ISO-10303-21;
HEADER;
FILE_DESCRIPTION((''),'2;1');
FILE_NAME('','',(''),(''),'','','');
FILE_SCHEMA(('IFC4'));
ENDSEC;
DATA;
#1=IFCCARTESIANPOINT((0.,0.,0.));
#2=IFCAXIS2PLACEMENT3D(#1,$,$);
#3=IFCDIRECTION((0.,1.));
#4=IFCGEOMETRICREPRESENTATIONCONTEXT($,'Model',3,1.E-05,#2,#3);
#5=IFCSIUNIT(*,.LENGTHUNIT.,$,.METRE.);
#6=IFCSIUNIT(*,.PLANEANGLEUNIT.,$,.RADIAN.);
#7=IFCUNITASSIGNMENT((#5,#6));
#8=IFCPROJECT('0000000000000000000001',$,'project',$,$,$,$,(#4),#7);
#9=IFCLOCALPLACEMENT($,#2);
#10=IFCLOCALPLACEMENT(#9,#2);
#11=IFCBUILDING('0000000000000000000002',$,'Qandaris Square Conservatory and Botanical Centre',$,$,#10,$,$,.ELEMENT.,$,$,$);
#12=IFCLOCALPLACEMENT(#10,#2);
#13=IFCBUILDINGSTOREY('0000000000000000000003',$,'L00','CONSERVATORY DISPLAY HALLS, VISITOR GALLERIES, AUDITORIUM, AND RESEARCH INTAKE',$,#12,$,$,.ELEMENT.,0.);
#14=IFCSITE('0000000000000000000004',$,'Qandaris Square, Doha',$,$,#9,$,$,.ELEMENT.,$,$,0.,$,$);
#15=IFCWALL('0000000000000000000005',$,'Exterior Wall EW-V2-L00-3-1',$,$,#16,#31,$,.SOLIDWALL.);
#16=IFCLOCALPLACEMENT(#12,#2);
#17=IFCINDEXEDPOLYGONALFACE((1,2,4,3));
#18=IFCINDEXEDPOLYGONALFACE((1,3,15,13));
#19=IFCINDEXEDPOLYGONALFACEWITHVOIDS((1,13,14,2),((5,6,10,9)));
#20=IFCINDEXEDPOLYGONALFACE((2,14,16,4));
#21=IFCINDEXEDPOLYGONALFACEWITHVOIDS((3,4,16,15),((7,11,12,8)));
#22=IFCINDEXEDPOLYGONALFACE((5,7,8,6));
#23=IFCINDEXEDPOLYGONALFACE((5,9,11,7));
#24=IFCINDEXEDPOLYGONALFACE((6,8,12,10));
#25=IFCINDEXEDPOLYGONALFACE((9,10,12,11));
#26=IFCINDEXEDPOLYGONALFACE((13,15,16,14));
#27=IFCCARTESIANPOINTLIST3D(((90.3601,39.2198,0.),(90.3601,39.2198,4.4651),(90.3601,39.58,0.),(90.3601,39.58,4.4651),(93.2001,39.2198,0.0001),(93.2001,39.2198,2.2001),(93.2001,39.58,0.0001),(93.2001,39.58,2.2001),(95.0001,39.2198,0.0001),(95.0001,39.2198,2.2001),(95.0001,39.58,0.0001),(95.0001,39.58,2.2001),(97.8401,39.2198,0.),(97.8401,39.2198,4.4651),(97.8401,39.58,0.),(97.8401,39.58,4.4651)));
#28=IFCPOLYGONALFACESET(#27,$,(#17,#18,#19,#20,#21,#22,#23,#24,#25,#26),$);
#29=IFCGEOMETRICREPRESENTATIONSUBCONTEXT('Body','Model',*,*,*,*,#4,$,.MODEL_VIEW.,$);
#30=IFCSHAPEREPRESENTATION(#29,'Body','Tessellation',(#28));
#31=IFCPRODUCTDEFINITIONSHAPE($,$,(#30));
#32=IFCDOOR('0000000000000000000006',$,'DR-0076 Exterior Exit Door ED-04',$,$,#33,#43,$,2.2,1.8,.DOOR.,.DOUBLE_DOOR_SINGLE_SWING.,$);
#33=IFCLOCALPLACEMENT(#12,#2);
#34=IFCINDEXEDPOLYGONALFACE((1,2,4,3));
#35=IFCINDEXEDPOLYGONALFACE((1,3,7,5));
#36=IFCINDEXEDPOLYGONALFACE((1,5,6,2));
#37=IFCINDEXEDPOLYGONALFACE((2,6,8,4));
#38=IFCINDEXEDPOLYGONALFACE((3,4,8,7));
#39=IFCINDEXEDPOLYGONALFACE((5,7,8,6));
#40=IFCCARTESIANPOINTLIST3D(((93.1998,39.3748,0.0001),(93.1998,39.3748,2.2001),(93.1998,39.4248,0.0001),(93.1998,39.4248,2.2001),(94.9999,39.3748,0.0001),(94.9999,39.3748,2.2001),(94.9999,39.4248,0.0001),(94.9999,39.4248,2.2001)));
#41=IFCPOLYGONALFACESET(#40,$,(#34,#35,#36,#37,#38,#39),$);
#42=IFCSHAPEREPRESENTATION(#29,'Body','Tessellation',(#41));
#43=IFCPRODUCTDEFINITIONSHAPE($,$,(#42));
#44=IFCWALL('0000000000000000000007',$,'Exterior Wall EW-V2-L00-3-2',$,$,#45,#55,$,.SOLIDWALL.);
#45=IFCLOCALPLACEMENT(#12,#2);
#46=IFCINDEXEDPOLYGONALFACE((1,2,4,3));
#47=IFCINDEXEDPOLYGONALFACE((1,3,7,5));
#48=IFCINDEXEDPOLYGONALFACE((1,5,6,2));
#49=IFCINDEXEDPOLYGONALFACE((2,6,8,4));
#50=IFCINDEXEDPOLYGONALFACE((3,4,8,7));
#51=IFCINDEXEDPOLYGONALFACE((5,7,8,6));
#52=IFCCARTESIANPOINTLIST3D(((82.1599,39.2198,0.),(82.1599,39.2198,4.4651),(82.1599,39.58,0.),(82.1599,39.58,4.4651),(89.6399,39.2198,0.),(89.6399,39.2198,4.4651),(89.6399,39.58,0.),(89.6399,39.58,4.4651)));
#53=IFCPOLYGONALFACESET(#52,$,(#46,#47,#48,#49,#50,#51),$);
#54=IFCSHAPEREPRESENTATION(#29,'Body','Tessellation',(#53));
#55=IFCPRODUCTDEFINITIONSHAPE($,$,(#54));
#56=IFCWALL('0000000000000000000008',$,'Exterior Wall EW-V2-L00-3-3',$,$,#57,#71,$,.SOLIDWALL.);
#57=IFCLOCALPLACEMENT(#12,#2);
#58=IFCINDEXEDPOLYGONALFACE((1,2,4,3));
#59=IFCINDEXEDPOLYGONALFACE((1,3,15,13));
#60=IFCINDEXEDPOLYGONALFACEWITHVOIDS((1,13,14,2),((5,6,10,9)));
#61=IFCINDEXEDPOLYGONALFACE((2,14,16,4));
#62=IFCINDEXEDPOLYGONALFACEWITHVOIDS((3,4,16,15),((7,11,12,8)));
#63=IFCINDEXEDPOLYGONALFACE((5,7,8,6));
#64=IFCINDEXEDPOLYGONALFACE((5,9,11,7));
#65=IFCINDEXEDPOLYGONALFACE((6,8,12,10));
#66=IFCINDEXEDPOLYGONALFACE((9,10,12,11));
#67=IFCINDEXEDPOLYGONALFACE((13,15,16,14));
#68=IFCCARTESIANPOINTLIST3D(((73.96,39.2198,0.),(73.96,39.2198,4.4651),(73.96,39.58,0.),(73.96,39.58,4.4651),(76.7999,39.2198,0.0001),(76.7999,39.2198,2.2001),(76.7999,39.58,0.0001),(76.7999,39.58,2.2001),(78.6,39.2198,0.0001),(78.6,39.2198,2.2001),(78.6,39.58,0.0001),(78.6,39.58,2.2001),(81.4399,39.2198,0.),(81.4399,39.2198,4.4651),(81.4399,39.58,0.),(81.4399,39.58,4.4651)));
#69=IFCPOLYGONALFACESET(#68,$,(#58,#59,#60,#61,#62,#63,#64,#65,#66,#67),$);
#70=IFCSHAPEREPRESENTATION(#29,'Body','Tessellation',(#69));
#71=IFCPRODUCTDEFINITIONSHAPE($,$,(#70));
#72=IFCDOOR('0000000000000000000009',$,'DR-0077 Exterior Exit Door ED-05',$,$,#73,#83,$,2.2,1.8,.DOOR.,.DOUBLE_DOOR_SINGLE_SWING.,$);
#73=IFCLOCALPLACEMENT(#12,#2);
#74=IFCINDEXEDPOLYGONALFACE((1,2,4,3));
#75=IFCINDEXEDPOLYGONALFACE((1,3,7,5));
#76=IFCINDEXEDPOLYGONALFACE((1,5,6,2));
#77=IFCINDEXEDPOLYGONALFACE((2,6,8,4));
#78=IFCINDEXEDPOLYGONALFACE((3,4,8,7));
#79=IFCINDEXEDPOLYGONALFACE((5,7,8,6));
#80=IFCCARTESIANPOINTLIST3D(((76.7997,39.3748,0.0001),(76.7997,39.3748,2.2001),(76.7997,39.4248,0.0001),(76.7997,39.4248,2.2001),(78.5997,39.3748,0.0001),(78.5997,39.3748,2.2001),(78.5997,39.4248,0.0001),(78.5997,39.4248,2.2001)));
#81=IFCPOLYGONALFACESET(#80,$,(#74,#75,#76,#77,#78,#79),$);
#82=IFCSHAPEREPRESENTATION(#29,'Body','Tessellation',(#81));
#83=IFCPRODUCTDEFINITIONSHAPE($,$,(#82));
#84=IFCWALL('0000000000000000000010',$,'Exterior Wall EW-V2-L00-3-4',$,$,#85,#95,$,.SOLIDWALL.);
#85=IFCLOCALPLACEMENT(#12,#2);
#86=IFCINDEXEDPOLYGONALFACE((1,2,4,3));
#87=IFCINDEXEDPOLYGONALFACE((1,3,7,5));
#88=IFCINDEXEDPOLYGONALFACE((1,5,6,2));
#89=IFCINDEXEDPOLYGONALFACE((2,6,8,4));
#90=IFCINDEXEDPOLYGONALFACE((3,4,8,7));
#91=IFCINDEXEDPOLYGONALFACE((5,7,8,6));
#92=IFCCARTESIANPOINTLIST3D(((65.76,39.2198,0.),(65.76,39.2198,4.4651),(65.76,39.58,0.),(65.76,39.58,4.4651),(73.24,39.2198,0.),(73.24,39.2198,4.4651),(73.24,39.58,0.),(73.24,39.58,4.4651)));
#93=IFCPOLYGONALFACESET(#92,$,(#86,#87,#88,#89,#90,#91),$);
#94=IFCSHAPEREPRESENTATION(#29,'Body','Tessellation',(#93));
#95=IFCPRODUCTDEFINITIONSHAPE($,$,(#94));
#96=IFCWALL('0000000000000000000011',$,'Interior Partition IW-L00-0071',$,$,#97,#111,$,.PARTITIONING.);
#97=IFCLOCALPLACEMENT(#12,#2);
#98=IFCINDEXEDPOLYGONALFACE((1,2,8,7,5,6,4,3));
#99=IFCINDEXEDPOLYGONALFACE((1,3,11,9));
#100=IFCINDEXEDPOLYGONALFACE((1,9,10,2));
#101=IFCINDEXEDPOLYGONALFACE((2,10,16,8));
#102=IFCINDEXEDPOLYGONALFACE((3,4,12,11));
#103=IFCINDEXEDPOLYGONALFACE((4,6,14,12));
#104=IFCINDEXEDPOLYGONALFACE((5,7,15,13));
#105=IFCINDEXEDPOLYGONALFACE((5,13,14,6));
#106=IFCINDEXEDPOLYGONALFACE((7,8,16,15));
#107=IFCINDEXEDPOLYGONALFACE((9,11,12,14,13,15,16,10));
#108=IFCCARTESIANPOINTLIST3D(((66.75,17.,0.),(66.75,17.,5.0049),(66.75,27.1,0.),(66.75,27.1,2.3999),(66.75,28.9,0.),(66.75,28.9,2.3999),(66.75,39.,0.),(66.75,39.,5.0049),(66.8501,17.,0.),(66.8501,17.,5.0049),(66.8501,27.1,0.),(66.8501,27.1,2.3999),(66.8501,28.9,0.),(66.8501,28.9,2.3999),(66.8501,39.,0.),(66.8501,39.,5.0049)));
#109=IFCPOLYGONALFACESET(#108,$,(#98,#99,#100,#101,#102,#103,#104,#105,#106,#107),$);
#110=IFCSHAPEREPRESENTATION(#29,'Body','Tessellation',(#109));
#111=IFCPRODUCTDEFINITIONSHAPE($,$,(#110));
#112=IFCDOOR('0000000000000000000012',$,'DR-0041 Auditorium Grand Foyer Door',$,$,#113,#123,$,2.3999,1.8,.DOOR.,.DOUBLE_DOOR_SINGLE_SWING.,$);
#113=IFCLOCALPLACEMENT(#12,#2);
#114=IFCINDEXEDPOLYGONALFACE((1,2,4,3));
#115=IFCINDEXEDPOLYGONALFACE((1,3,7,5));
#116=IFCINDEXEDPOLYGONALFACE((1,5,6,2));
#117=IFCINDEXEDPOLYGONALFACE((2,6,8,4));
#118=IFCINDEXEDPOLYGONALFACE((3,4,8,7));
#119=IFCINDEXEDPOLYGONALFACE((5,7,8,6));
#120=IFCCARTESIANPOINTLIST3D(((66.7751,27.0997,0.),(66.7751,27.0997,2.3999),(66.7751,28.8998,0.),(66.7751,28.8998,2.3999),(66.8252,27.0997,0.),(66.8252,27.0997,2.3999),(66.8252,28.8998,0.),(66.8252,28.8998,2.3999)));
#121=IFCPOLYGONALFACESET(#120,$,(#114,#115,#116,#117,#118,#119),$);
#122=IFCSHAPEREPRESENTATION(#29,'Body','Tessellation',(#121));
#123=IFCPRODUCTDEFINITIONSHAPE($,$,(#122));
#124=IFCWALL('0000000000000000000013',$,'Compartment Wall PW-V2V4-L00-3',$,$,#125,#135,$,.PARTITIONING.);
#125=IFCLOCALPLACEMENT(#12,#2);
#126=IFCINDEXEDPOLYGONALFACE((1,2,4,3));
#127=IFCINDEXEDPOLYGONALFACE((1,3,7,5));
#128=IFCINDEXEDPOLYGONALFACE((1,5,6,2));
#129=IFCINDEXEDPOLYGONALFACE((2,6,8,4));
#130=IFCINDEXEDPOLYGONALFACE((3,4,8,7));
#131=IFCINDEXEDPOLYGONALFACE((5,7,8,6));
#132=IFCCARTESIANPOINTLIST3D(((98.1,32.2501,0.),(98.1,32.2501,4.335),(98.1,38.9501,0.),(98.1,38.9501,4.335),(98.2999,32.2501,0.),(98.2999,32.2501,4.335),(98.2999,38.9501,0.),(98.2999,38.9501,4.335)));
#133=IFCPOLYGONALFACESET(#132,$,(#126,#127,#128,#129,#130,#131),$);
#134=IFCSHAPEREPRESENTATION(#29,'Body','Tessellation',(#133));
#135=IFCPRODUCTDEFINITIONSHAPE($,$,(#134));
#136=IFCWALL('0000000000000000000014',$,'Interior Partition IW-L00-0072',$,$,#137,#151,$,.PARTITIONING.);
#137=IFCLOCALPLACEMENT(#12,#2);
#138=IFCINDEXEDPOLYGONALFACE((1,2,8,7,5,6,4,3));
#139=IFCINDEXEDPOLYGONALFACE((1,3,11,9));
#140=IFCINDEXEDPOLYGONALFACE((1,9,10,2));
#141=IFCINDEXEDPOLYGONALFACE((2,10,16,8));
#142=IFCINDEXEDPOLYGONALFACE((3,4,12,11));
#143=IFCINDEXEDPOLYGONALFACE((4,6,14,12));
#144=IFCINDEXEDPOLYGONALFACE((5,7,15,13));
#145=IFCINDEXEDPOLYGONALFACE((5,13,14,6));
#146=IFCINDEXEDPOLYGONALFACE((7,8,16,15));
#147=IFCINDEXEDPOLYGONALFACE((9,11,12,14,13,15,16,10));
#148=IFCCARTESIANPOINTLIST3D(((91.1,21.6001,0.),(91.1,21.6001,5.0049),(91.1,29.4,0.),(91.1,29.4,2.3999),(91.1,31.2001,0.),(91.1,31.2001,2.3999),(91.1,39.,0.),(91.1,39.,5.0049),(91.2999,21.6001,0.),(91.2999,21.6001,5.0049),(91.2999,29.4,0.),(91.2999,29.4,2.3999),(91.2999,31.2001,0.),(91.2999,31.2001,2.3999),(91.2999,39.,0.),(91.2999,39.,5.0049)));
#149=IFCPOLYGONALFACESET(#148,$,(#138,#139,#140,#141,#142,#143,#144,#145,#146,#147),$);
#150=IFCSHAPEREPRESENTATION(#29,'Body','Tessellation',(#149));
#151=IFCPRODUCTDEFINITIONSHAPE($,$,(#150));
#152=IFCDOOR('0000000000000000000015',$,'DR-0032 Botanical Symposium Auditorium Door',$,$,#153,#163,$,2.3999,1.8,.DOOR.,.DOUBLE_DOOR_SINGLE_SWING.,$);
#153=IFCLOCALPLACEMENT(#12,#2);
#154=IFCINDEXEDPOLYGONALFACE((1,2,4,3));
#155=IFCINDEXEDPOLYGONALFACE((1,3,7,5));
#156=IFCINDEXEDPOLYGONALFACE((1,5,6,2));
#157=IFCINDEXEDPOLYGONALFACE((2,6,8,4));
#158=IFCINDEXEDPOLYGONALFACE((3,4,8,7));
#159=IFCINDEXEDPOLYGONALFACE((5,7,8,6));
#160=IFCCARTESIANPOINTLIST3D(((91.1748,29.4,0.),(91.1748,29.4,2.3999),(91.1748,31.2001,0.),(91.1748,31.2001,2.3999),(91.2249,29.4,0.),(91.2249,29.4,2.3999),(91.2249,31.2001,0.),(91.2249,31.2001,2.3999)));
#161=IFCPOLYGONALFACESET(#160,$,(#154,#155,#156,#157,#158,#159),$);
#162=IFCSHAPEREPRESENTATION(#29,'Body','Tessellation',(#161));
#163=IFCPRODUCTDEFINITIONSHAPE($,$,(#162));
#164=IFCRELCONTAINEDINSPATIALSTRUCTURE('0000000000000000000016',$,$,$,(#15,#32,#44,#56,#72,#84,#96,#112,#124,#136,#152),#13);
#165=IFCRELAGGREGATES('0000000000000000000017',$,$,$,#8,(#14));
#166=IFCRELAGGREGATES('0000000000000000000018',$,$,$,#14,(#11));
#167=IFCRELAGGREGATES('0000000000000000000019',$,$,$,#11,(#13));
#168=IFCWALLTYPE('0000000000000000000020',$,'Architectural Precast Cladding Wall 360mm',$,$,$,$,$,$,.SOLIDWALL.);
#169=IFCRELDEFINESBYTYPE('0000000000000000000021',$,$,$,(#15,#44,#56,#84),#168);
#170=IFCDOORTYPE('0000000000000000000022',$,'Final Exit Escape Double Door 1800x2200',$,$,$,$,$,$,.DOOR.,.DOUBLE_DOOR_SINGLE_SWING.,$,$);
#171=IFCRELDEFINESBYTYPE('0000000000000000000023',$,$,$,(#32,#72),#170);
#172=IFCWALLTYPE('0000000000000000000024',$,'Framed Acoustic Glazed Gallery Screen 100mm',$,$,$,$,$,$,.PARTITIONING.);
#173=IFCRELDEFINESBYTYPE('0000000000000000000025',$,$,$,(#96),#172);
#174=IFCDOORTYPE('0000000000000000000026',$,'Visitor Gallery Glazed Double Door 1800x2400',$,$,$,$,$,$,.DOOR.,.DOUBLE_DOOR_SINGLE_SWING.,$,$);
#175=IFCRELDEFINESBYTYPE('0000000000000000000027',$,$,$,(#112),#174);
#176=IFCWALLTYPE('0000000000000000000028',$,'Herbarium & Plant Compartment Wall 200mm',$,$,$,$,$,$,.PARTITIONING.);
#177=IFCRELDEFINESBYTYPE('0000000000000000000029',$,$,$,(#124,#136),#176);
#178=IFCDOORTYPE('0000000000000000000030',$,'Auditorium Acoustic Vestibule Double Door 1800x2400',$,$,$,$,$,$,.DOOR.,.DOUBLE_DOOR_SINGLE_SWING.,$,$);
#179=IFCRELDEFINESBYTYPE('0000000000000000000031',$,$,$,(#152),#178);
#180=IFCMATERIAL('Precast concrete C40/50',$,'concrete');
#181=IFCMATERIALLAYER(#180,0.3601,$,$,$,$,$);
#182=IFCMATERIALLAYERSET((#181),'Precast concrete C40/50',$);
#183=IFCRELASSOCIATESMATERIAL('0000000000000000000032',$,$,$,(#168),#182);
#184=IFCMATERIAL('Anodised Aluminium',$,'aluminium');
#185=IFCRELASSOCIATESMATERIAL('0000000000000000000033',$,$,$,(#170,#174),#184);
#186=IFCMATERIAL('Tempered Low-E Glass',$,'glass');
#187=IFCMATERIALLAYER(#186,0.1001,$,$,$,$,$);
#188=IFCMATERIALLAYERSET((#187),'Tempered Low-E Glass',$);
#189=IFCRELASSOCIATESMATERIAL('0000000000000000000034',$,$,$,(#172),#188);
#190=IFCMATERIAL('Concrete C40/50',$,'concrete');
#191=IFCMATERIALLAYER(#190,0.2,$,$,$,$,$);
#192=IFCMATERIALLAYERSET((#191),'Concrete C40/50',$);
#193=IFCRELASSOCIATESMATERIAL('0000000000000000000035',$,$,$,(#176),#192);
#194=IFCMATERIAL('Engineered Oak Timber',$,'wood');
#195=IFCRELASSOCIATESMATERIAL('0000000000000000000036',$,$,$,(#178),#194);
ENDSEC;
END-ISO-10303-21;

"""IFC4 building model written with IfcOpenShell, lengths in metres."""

from ifc_helpers import new_model, si_unit, direction, frame, frame_2d, origin, place, context, subcontext, project, spatial, rectangle, extrude, material, layer, layer_set, type_object, element, fill, save


model = new_model("IFC4")

# Units and contexts
model_context = context("Model", 3, precision=1e-05, world=origin(), true_north=direction((0.0, 1.0)))
body_context = subcontext(model_context, "Body", "Model", "MODEL_VIEW")
ifc_project = project(units=[si_unit("LENGTHUNIT", "METRE"), si_unit("PLANEANGLEUNIT", "RADIAN")], contexts=[model_context])

# Site, building, storey
site_placement = place(None, origin())
site = spatial("IfcSite", under=ifc_project, at=site_placement, Name="Qandaris Square, Doha", CompositionType="ELEMENT", RefElevation=0.0)
building_placement = place(site_placement, origin())
building = spatial("IfcBuilding", under=site, at=building_placement, Name="Qandaris Square Conservatory and Botanical Centre", CompositionType="ELEMENT")
storey_placement = place(building_placement, origin())
storey = spatial("IfcBuildingStorey", under=building, at=storey_placement, Name="L00", Description="CONSERVATORY DISPLAY HALLS, VISITOR GALLERIES, AUDITORIUM, AND RESEARCH INTAKE", CompositionType="ELEMENT", Elevation=0.0)

# Shared definitions
ifc_material_1 = material(Name="Concrete C40/50", Category="concrete")

# Wall, opening, door
ifc_material_2 = material(Name="Precast concrete C40/50", Category="concrete")
ifc_layer_1 = layer(ifc_material_2, 0.3601)
ifc_layer_set_1 = layer_set([ifc_layer_1], Name="Precast concrete C40/50")
wall_type_1 = type_object("IfcWallType", Name="Architectural Precast Cladding Wall 360mm", PredefinedType="SOLIDWALL", material=ifc_layer_set_1)
wall_1_placement = place(storey_placement, frame((97.8401, 39.3999, 0.0), z_axis=(0.0, 0.0, 1.0), x_axis=(-1.0, 0.0, 0.0)))
wall_1 = element("IfcWall", 1, at=wall_1_placement, inside=storey, type_object=wall_type_1, Name="Exterior Wall EW-V2-L00-3-1", PredefinedType="SOLIDWALL", context=body_context, shape_type="SweptSolid", body=[
    extrude(rectangle(XDim=7.48, YDim=0.3601, at=frame_2d((3.74, 0.0))), origin(), (0.0, 0.0, 1.0), 4.4651),
])
opening_1_placement = place(wall_1_placement, frame((2.8401, 0.0, 0.0)))
opening_1 = element("IfcOpeningElement", 2, at=opening_1_placement, cuts=wall_1, PredefinedType="OPENING", context=body_context, shape_type="SweptSolid", body=[
    extrude(rectangle(XDim=1.8, YDim=2.2, at=frame_2d((0.8999, 1.1001))), frame((0.0, 0.1919, 0.0), z_axis=(0.0, -1.0, 0.0), x_axis=(1.0, 0.0, 0.0)), (0.0, 0.0, 1.0), 0.384),
])
ifc_material_3 = material(Name="Anodised Aluminium", Category="aluminium")
door_type_1 = type_object("IfcDoorType", Name="Final Exit Escape Double Door 1800x2200", OperationType="DOUBLE_DOOR_SINGLE_SWING", PredefinedType="DOOR", material=ifc_material_3)
door_1_placement = place(opening_1_placement, frame((1.8, 0.0, 0.0), z_axis=(0.0, 0.0, 1.0), x_axis=(-1.0, 0.0, 0.0)))
door_1 = element("IfcDoor", 3, at=door_1_placement, inside=storey, type_object=door_type_1, Name="DR-0076 Exterior Exit Door ED-04", OperationType="DOUBLE_DOOR_SINGLE_SWING", OverallHeight=2.2, OverallWidth=1.8, PredefinedType="DOOR", context=body_context, shape_type="SweptSolid", body=[
    extrude(rectangle(XDim=1.8, YDim=2.2, at=frame_2d((0.8999, 1.1001))), frame((0.0, 0.0249, 0.0), z_axis=(0.0, -1.0, 0.0), x_axis=(1.0, 0.0, 0.0)), (0.0, 0.0, 1.0), 0.05),
])
fill(opening_1, door_1)

# Wall
wall_2_placement = place(storey_placement, frame((89.6399, 39.3999, 0.0), z_axis=(0.0, 0.0, 1.0), x_axis=(-1.0, 0.0, 0.0)))
element("IfcWall", 4, at=wall_2_placement, inside=storey, type_object=wall_type_1, Name="Exterior Wall EW-V2-L00-3-2", PredefinedType="SOLIDWALL", context=body_context, shape_type="SweptSolid", body=[
    extrude(rectangle(XDim=7.48, YDim=0.3601, at=frame_2d((3.74, 0.0))), origin(), (0.0, 0.0, 1.0), 4.4651),
])

# Wall, opening, door
wall_3_placement = place(storey_placement, frame((81.4399, 39.3999, 0.0), z_axis=(0.0, 0.0, 1.0), x_axis=(-1.0, 0.0, 0.0)))
wall_3 = element("IfcWall", 5, at=wall_3_placement, inside=storey, type_object=wall_type_1, Name="Exterior Wall EW-V2-L00-3-3", PredefinedType="SOLIDWALL", context=body_context, shape_type="SweptSolid", body=[
    extrude(rectangle(XDim=7.48, YDim=0.3601, at=frame_2d((3.74, 0.0))), origin(), (0.0, 0.0, 1.0), 4.4651),
])
opening_2_placement = place(wall_3_placement, frame((2.8401, 0.0, 0.0)))
opening_2 = element("IfcOpeningElement", 6, at=opening_2_placement, cuts=wall_3, PredefinedType="OPENING", context=body_context, shape_type="SweptSolid", body=[
    extrude(rectangle(XDim=1.8, YDim=2.2, at=frame_2d((0.8999, 1.1001))), frame((0.0, 0.1919, 0.0), z_axis=(0.0, -1.0, 0.0), x_axis=(1.0, 0.0, 0.0)), (0.0, 0.0, 1.0), 0.384),
])
door_2_placement = place(opening_2_placement, frame((1.8, 0.0, 0.0), z_axis=(0.0, 0.0, 1.0), x_axis=(-1.0, 0.0, 0.0)))
door_2 = element("IfcDoor", 7, at=door_2_placement, inside=storey, type_object=door_type_1, Name="DR-0077 Exterior Exit Door ED-05", OperationType="DOUBLE_DOOR_SINGLE_SWING", OverallHeight=2.2, OverallWidth=1.8, PredefinedType="DOOR", context=body_context, shape_type="SweptSolid", body=[
    extrude(rectangle(XDim=1.8, YDim=2.2, at=frame_2d((0.8999, 1.1001))), frame((0.0, 0.0249, 0.0), z_axis=(0.0, -1.0, 0.0), x_axis=(1.0, 0.0, 0.0)), (0.0, 0.0, 1.0), 0.05),
])
fill(opening_2, door_2)

# Wall
wall_4_placement = place(storey_placement, frame((73.24, 39.3999, 0.0), z_axis=(0.0, 0.0, 1.0), x_axis=(-1.0, 0.0, 0.0)))
element("IfcWall", 8, at=wall_4_placement, inside=storey, type_object=wall_type_1, Name="Exterior Wall EW-V2-L00-3-4", PredefinedType="SOLIDWALL", context=body_context, shape_type="SweptSolid", body=[
    extrude(rectangle(XDim=7.48, YDim=0.3601, at=frame_2d((3.74, 0.0))), origin(), (0.0, 0.0, 1.0), 4.4651),
])

# Wall, opening, door
ifc_material_4 = material(Name="Tempered Low-E Glass", Category="glass")
ifc_layer_2 = layer(ifc_material_4, 0.1001)
ifc_layer_set_2 = layer_set([ifc_layer_2], Name="Tempered Low-E Glass")
wall_type_2 = type_object("IfcWallType", Name="Framed Acoustic Glazed Gallery Screen 100mm", PredefinedType="PARTITIONING", material=ifc_layer_set_2)
wall_5_placement = place(storey_placement, frame((66.8, 39.0, 0.0), z_axis=(0.0, 0.0, 1.0), x_axis=(0.0, -1.0, 0.0)))
wall_5 = element("IfcWall", 9, at=wall_5_placement, inside=storey, type_object=wall_type_2, Name="Interior Partition IW-L00-0071", PredefinedType="PARTITIONING", context=body_context, shape_type="SweptSolid", body=[
    extrude(rectangle(XDim=22.0, YDim=0.1001, at=frame_2d((11.0, 0.0))), origin(), (0.0, 0.0, 1.0), 5.0049),
])
opening_3_placement = place(wall_5_placement, frame((10.1001, 0.0, 0.0)))
opening_3 = element("IfcOpeningElement", 10, at=opening_3_placement, cuts=wall_5, PredefinedType="OPENING", context=body_context, shape_type="SweptSolid", body=[
    extrude(rectangle(XDim=1.8, YDim=2.3999, at=frame_2d((0.8999, 1.2))), frame((0.0, 0.062, 0.0), z_axis=(0.0, -1.0, 0.0), x_axis=(1.0, 0.0, 0.0)), (0.0, 0.0, 1.0), 0.124),
])
door_type_2 = type_object("IfcDoorType", Name="Visitor Gallery Glazed Double Door 1800x2400", OperationType="DOUBLE_DOOR_SINGLE_SWING", PredefinedType="DOOR", material=ifc_material_3)
door_3_placement = place(opening_3_placement, frame((1.8, 0.0, 0.0), z_axis=(0.0, 0.0, 1.0), x_axis=(-1.0, 0.0, 0.0)))
door_3 = element("IfcDoor", 11, at=door_3_placement, inside=storey, type_object=door_type_2, Name="DR-0041 Auditorium Grand Foyer Door", OperationType="DOUBLE_DOOR_SINGLE_SWING", OverallHeight=2.3999, OverallWidth=1.8, PredefinedType="DOOR", context=body_context, shape_type="SweptSolid", body=[
    extrude(rectangle(XDim=1.8, YDim=2.3999, at=frame_2d((0.8999, 1.2))), frame((0.0, 0.0249, 0.0), z_axis=(0.0, -1.0, 0.0), x_axis=(1.0, 0.0, 0.0)), (0.0, 0.0, 1.0), 0.05),
])
fill(opening_3, door_3)

# Wall
ifc_layer_3 = layer(ifc_material_1, 0.2)
ifc_layer_set_3 = layer_set([ifc_layer_3], Name="Concrete C40/50")
wall_type_3 = type_object("IfcWallType", Name="Herbarium & Plant Compartment Wall 200mm", PredefinedType="PARTITIONING", material=ifc_layer_set_3)
wall_6_placement = place(storey_placement, frame((98.2, 32.25, 0.0), z_axis=(0.0, 0.0, 1.0), x_axis=(0.0, 1.0, 0.0)))
element("IfcWall", 12, at=wall_6_placement, inside=storey, type_object=wall_type_3, Name="Compartment Wall PW-V2V4-L00-3", PredefinedType="PARTITIONING", context=body_context, shape_type="SweptSolid", body=[
    extrude(rectangle(XDim=6.7, YDim=0.2, at=frame_2d((3.3501, 0.0))), origin(), (0.0, 0.0, 1.0), 4.335),
])

# Wall, opening, door
wall_7_placement = place(storey_placement, frame((91.2, 39.0, 0.0), z_axis=(0.0, 0.0, 1.0), x_axis=(0.0, -1.0, 0.0)))
wall_7 = element("IfcWall", 13, at=wall_7_placement, inside=storey, type_object=wall_type_3, Name="Interior Partition IW-L00-0072", PredefinedType="PARTITIONING", context=body_context, shape_type="SweptSolid", body=[
    extrude(rectangle(XDim=17.3999, YDim=0.2, at=frame_2d((8.7, 0.0))), origin(), (0.0, 0.0, 1.0), 5.0049),
])
opening_4_placement = place(wall_7_placement, frame((7.8, 0.0, 0.0)))
opening_4 = element("IfcOpeningElement", 14, at=opening_4_placement, cuts=wall_7, PredefinedType="OPENING", context=body_context, shape_type="SweptSolid", body=[
    extrude(rectangle(XDim=1.8, YDim=2.3999, at=frame_2d((0.8999, 1.2))), frame((0.0, 0.1118, 0.0), z_axis=(0.0, -1.0, 0.0), x_axis=(1.0, 0.0, 0.0)), (0.0, 0.0, 1.0), 0.2239),
])
ifc_material_5 = material(Name="Engineered Oak Timber", Category="wood")
door_type_3 = type_object("IfcDoorType", Name="Auditorium Acoustic Vestibule Double Door 1800x2400", OperationType="DOUBLE_DOOR_SINGLE_SWING", PredefinedType="DOOR", material=ifc_material_5)
door_4_placement = place(opening_4_placement, origin())
door_4 = element("IfcDoor", 15, at=door_4_placement, inside=storey, type_object=door_type_3, Name="DR-0032 Botanical Symposium Auditorium Door", OperationType="DOUBLE_DOOR_SINGLE_SWING", OverallHeight=2.3999, OverallWidth=1.8, PredefinedType="DOOR", context=body_context, shape_type="SweptSolid", body=[
    extrude(rectangle(XDim=1.8, YDim=2.3999, at=frame_2d((0.8999, 1.2))), frame((0.0, 0.0249, 0.0), z_axis=(0.0, -1.0, 0.0), x_axis=(1.0, 0.0, 0.0)), (0.0, 0.0, 1.0), 0.05),
])
fill(opening_4, door_4)

save(model, "model.ifc")
